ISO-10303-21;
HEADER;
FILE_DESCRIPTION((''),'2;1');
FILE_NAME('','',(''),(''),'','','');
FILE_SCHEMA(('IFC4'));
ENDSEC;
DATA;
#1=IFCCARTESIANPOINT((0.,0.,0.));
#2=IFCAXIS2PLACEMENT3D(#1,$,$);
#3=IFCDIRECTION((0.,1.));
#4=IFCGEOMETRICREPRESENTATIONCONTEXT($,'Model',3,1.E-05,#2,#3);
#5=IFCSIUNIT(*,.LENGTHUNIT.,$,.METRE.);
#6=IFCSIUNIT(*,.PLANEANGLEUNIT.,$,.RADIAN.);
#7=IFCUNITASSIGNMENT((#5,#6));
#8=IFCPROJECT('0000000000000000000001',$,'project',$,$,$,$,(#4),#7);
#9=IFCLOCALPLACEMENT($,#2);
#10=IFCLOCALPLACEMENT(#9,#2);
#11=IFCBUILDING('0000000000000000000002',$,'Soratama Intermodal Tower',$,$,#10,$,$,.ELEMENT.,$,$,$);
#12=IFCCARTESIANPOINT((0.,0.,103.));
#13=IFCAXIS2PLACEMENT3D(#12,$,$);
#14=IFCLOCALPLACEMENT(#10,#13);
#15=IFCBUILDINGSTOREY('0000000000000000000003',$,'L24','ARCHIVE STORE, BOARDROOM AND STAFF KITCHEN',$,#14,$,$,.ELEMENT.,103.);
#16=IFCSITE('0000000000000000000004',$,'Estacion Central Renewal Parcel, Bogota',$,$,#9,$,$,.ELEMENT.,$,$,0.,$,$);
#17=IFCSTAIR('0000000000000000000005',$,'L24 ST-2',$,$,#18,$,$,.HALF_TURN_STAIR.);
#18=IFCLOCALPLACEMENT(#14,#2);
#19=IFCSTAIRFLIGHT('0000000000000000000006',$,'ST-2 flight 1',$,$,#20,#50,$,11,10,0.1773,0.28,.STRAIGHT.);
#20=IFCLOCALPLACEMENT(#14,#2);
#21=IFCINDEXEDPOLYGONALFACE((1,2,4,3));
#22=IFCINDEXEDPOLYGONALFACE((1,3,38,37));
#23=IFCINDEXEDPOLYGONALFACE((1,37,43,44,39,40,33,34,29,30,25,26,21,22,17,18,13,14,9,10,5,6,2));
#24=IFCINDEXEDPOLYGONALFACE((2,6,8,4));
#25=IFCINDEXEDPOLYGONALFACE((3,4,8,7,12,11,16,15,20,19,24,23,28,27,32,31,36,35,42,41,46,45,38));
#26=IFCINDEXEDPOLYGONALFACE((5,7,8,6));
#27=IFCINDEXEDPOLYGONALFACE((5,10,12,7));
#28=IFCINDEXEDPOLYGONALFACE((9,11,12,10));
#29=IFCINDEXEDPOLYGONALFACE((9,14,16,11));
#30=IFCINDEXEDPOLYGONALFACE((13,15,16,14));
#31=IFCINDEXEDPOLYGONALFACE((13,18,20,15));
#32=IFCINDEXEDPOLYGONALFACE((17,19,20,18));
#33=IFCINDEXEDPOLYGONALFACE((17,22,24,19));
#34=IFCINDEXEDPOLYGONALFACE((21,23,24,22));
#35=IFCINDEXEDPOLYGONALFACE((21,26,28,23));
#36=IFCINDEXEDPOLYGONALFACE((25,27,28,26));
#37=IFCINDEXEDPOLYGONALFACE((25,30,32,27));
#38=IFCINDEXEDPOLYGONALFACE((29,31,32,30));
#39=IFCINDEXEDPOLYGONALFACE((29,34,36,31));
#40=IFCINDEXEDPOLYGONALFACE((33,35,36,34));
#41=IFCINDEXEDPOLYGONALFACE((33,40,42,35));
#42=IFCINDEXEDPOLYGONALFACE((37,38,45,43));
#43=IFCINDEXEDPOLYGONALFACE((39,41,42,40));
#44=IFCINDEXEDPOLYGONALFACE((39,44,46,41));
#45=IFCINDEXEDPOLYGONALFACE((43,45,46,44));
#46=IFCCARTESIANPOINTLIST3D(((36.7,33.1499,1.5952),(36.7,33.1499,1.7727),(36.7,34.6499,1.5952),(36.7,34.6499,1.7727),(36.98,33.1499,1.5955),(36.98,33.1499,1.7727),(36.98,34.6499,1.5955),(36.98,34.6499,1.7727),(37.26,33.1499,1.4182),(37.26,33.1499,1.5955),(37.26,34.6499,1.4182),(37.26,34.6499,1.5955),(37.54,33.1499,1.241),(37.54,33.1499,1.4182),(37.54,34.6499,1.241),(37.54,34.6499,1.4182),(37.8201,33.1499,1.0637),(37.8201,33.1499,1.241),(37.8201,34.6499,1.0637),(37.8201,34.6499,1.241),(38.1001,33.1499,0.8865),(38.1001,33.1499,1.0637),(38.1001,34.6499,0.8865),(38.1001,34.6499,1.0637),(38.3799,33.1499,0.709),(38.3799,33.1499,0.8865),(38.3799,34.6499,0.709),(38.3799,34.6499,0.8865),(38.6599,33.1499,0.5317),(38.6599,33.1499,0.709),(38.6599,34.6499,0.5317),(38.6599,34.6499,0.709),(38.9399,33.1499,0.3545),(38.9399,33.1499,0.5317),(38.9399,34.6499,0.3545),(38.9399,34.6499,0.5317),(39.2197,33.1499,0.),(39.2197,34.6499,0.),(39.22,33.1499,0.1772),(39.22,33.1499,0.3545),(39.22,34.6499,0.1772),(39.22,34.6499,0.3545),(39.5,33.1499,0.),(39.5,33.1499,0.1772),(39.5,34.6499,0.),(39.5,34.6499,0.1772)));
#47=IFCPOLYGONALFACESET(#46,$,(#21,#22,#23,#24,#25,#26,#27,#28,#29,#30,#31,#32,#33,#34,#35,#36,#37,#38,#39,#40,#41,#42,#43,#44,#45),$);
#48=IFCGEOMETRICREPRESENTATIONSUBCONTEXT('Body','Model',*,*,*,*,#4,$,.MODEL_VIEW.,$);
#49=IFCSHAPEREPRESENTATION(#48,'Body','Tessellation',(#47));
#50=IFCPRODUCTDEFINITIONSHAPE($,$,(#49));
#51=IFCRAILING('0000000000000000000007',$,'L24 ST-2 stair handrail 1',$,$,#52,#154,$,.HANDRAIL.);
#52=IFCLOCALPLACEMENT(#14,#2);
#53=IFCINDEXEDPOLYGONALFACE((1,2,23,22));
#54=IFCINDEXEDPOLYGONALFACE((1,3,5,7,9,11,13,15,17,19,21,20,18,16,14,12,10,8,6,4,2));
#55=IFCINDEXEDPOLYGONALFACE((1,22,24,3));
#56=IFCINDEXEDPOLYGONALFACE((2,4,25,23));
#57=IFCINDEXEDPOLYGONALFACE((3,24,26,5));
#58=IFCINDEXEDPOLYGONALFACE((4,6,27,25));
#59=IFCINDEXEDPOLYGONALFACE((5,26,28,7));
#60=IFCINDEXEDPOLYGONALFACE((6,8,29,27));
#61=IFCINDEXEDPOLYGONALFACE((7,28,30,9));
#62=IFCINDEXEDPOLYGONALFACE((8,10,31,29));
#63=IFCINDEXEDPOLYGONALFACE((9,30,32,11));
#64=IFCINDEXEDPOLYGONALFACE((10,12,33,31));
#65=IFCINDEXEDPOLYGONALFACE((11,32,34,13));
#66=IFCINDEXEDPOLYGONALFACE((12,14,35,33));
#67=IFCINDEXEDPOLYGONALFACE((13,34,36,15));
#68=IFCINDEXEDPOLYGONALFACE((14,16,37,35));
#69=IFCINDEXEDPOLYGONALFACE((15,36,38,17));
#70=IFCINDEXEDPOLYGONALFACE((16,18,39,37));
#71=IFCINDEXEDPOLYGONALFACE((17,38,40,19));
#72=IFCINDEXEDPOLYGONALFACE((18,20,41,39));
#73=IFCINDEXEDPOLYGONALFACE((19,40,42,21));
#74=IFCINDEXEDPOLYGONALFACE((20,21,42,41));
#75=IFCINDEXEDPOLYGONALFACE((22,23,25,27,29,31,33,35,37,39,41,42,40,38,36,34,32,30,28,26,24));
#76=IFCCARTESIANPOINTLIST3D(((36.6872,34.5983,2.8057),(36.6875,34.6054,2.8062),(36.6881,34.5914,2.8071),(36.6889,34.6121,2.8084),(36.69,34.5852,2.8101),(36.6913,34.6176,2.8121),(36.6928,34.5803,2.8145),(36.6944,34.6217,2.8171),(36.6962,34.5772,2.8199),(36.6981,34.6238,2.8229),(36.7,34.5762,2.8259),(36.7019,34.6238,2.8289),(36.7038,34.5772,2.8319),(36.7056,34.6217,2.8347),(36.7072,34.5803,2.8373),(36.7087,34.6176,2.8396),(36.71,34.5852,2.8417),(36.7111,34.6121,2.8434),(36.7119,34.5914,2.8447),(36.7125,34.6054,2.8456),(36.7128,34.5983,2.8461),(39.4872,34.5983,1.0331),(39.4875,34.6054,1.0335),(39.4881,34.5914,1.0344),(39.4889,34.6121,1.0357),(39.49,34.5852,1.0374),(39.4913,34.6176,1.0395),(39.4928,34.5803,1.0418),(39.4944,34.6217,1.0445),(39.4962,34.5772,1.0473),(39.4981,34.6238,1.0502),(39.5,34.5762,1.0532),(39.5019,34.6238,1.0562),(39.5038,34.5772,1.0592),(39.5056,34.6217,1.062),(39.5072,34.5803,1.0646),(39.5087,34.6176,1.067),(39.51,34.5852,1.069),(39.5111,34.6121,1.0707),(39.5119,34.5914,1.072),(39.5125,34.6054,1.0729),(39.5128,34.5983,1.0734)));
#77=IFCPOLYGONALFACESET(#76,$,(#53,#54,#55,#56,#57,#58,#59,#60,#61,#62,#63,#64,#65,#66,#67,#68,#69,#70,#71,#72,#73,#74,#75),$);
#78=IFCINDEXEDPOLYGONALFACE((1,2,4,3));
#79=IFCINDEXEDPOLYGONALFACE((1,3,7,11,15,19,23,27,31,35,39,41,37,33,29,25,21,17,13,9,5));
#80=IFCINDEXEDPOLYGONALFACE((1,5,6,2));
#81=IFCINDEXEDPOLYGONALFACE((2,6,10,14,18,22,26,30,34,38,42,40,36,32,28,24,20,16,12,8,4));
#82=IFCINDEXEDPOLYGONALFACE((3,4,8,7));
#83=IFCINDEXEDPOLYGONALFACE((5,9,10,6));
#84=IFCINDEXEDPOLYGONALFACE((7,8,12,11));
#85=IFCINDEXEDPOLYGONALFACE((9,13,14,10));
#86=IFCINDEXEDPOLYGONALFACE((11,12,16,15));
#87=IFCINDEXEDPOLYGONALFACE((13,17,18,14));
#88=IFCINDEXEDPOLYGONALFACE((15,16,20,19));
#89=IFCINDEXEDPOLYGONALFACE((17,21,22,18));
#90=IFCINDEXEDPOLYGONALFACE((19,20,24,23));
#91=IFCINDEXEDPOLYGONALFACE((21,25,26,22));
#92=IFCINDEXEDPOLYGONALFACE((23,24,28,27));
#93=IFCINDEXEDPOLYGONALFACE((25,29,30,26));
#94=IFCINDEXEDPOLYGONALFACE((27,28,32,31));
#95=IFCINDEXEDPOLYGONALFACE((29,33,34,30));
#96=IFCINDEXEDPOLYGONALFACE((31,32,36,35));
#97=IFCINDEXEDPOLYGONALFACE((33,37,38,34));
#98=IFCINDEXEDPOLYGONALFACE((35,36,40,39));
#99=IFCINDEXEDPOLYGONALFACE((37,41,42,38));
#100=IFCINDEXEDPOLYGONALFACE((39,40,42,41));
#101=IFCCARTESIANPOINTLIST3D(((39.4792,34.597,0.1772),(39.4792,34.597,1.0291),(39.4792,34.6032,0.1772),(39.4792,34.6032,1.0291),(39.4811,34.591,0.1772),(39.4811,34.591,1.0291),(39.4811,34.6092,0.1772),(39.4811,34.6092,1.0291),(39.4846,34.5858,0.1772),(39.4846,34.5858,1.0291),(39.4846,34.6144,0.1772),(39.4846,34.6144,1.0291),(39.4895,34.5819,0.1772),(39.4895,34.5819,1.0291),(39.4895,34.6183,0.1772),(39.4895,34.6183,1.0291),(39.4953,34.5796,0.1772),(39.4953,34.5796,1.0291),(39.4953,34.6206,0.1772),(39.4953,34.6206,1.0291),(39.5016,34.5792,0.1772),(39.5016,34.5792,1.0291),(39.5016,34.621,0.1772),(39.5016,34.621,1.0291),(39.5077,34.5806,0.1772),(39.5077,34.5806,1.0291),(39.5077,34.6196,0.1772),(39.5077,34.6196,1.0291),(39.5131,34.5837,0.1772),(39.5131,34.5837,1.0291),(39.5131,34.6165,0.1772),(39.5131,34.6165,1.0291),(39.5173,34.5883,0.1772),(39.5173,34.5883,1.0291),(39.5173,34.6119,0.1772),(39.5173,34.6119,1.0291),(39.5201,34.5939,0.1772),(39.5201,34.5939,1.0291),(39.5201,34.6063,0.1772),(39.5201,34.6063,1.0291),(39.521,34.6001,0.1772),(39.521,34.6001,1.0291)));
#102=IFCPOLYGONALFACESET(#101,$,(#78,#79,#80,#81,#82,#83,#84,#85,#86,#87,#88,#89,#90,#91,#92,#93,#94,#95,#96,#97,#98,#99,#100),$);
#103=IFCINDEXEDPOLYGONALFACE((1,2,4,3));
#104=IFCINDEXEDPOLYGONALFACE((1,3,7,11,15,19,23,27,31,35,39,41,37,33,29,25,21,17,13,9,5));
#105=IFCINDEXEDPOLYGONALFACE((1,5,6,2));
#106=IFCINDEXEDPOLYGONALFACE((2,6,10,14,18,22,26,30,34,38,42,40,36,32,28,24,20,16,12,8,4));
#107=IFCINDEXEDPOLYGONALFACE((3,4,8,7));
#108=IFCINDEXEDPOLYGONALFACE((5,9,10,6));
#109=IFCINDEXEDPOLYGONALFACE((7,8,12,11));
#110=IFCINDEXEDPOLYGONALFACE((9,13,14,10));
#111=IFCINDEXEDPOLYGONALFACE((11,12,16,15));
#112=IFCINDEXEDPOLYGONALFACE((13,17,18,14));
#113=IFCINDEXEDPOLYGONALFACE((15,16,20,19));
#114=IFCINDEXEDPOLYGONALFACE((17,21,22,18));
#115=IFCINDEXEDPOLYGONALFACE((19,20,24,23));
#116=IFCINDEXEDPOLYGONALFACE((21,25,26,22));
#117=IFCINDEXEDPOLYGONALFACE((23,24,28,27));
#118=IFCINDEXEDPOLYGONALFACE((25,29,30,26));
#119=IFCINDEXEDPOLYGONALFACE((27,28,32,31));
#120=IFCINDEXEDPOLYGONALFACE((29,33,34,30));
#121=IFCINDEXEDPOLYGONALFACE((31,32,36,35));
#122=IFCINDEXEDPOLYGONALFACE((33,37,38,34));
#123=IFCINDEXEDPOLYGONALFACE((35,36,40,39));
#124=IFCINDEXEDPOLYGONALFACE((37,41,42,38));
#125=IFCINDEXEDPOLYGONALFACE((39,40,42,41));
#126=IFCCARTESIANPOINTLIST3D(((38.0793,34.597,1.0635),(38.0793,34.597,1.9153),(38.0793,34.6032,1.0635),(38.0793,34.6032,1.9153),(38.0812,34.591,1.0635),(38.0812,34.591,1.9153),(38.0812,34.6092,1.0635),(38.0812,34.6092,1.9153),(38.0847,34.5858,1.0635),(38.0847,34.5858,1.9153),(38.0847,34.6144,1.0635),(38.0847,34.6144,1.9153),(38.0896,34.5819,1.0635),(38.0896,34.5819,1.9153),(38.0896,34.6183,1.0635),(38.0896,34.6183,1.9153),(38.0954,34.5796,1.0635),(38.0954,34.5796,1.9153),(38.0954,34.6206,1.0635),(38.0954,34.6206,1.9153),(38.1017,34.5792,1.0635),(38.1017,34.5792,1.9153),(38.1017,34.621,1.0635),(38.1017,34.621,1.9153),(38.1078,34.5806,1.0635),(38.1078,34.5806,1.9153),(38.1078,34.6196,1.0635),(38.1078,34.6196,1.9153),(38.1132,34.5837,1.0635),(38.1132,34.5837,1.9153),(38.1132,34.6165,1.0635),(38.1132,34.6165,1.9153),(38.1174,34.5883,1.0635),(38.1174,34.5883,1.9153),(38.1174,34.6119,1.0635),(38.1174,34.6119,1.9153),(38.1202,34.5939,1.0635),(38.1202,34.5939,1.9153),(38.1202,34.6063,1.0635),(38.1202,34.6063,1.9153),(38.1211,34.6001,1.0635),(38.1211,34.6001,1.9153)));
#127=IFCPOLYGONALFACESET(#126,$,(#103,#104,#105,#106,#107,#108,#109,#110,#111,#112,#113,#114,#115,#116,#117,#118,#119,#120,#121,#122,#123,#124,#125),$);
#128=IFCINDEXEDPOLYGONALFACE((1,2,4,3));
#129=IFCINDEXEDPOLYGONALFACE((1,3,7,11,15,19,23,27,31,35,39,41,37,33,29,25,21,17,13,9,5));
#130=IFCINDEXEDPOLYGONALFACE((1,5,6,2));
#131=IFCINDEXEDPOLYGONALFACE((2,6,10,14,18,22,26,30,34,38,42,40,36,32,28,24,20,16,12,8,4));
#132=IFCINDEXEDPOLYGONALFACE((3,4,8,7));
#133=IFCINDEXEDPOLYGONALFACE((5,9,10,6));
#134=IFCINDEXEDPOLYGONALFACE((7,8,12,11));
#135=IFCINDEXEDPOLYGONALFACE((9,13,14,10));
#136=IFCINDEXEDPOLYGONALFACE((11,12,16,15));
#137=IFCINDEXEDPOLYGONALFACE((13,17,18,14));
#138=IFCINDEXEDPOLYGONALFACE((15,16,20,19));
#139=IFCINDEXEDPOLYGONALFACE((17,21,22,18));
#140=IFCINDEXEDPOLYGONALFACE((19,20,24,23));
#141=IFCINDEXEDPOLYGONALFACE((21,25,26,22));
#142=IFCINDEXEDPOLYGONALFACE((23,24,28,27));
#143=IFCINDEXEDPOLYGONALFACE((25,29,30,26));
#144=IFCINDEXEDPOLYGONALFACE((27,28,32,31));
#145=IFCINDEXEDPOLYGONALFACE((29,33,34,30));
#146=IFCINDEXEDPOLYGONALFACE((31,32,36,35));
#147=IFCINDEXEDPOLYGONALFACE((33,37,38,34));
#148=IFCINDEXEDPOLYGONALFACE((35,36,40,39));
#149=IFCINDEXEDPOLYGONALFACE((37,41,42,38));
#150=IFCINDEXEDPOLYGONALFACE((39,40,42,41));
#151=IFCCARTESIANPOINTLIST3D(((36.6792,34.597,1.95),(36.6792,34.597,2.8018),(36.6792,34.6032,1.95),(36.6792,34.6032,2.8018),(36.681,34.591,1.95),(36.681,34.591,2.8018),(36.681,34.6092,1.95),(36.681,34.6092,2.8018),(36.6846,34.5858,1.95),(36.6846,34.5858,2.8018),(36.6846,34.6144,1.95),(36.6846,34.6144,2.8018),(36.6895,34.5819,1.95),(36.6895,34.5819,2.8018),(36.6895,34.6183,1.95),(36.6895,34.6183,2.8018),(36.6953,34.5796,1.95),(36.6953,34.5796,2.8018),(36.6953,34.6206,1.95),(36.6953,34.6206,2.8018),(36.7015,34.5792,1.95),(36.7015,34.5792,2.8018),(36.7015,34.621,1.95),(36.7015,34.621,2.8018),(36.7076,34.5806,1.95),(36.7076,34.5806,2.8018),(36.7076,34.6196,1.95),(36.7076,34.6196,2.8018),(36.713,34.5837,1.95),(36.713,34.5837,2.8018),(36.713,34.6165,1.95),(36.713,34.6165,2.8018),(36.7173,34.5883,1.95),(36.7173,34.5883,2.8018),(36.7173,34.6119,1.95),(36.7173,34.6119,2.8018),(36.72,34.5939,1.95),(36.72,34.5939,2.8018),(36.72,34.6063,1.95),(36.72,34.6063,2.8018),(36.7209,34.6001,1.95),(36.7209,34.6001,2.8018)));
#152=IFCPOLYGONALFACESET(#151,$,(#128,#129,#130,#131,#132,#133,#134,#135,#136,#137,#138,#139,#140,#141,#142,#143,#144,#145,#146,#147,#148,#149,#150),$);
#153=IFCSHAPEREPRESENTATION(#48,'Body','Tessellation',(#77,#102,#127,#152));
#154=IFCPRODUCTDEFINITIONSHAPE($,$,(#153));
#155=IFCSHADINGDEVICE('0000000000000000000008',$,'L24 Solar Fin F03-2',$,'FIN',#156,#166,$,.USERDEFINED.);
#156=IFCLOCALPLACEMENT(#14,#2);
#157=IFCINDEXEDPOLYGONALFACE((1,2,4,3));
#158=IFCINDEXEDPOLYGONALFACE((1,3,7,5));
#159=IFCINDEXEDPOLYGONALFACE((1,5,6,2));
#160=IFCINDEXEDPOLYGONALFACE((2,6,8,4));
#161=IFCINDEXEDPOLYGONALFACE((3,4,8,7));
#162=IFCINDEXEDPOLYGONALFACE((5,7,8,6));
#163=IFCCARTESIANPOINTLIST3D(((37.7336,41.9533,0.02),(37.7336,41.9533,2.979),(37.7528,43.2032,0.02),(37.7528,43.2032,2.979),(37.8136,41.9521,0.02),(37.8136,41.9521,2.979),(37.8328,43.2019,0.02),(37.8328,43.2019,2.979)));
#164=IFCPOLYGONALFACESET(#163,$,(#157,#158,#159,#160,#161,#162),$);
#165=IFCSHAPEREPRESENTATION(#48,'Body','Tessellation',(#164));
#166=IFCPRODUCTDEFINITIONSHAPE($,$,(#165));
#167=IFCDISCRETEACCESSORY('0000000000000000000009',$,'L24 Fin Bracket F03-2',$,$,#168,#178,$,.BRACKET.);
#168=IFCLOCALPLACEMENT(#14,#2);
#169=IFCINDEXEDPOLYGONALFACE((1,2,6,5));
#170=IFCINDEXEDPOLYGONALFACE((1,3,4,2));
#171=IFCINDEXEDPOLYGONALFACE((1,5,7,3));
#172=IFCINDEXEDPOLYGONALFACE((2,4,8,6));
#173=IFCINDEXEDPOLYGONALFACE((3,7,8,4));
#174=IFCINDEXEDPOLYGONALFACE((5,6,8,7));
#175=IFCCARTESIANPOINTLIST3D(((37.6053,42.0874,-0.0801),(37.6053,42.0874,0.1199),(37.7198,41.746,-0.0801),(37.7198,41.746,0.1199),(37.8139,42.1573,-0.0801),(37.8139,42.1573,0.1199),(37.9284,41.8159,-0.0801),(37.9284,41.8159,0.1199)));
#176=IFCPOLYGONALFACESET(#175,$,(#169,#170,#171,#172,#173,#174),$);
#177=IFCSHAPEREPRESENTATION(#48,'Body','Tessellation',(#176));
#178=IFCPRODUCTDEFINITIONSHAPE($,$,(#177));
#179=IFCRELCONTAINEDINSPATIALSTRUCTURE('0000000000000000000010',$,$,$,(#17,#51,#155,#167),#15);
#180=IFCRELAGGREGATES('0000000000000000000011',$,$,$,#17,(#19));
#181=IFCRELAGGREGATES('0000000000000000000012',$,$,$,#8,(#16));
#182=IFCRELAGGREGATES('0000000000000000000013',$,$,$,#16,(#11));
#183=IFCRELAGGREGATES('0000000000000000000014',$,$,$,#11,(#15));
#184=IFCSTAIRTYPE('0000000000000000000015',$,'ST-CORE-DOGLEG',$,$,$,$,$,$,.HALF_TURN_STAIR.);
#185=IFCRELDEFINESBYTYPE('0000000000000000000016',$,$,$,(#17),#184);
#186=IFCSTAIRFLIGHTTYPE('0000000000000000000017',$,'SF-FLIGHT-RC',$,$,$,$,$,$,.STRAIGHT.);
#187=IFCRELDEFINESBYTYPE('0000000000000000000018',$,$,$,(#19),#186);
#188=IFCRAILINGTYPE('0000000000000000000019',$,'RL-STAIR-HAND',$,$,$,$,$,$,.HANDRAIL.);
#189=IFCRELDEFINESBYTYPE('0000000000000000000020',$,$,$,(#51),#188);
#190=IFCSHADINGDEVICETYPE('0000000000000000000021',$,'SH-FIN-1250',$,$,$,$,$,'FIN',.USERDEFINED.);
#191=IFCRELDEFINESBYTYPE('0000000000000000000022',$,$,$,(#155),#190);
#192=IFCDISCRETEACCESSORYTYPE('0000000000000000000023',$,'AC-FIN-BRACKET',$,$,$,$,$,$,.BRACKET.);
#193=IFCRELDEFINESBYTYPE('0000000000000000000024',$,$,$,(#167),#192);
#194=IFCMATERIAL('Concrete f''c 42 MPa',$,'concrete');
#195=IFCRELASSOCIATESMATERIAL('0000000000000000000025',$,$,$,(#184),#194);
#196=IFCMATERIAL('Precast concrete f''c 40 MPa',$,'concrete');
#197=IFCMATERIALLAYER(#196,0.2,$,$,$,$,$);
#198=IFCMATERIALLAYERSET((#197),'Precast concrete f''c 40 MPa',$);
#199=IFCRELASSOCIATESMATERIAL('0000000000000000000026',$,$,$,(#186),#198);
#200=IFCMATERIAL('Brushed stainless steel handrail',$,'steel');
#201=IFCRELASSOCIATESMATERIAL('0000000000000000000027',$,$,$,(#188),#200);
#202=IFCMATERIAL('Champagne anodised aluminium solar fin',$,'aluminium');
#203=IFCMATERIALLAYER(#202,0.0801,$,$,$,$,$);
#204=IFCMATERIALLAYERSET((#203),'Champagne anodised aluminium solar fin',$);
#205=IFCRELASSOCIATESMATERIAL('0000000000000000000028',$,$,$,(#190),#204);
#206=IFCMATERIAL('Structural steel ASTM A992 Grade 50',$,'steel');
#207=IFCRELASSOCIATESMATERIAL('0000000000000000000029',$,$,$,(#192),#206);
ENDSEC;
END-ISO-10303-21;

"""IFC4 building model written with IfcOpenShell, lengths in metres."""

from ifc_helpers import new_model, si_unit, direction, frame, origin, origin_2d, place, context, subcontext, project, spatial, polyline, rectangle, circle, outline, extrude, material, layer, layer_set, type_object, element, aggregate, save


model = new_model("IFC4")

# Units and contexts
model_context = context("Model", 3, precision=1e-05, world=origin(), true_north=direction((0.0, 1.0)))
body_context = subcontext(model_context, "Body", "Model", "MODEL_VIEW")
ifc_project = project(units=[si_unit("LENGTHUNIT", "METRE"), si_unit("PLANEANGLEUNIT", "RADIAN")], contexts=[model_context])

# Site, building, storey
site_placement = place(None, origin())
site = spatial("IfcSite", under=ifc_project, at=site_placement, Name="Estacion Central Renewal Parcel, Bogota", CompositionType="ELEMENT", RefElevation=0.0)
building_placement = place(site_placement, origin())
building = spatial("IfcBuilding", under=site, at=building_placement, Name="Soratama Intermodal Tower", CompositionType="ELEMENT")
storey_placement = place(building_placement, frame((0.0, 0.0, 103.0)))
storey = spatial("IfcBuildingStorey", under=building, at=storey_placement, Name="L24", Description="ARCHIVE STORE, BOARDROOM AND STAFF KITCHEN", CompositionType="ELEMENT", Elevation=103.0)

# Stair, stair flight
ifc_material_1 = material(Name="Concrete f'c 42 MPa", Category="concrete")
stair_type = type_object("IfcStairType", Name="ST-CORE-DOGLEG", PredefinedType="HALF_TURN_STAIR", material=ifc_material_1)
stair_placement = place(storey_placement, origin())
stair = element("IfcStair", 1, at=stair_placement, inside=storey, type_object=stair_type, Name="L24 ST-2", PredefinedType="HALF_TURN_STAIR")
ifc_material_2 = material(Name="Precast concrete f'c 40 MPa", Category="concrete")
ifc_layer_1 = layer(ifc_material_2, 0.2)
ifc_layer_set_1 = layer_set([ifc_layer_1], Name="Precast concrete f'c 40 MPa")
stair_flight_type = type_object("IfcStairFlightType", Name="SF-FLIGHT-RC", PredefinedType="STRAIGHT", material=ifc_layer_set_1)
stair_flight_placement = place(storey_placement, frame((39.5, 33.8999, 0.0), z_axis=(0.0, 0.0, 1.0), x_axis=(-1.0, 0.0, 0.0)))
stair_flight = element("IfcStairFlight", 2, at=stair_flight_placement, type_object=stair_flight_type, Name="ST-2 flight 1", NumberOfRisers=11, NumberOfTreads=10, PredefinedType="STRAIGHT", RiserHeight=0.1773, TreadLength=0.28, context=body_context, shape_type="SweptSolid", body=[
    extrude(outline(polyline([(0.0, 0.0), (0.0, 0.1772), (0.28, 0.1772), (0.28, 0.3545), (0.5601, 0.3545), (0.5601, 0.5317), (0.8401, 0.5317), (0.8401, 0.709), (1.1201, 0.709), (1.1201, 0.8865), (1.3999, 0.8865), (1.3999, 1.0637), (1.6799, 1.0637), (1.6799, 1.241), (1.96, 1.241), (1.96, 1.4182), (2.24, 1.4182), (2.24, 1.5955), (2.52, 1.5955), (2.52, 1.7727), (2.8, 1.7727), (2.8, 1.95), (2.8, 1.5952), (0.2803, 0.0), (0.0, 0.0)])), frame((0.0, 0.75, 0.0), z_axis=(0.0, -1.0, 0.0), x_axis=(1.0, 0.0, 0.0)), (0.0, 0.0, 1.0), 1.5),
])
aggregate(stair, [stair_flight])

# Railing
ifc_material_3 = material(Name="Brushed stainless steel handrail", Category="steel")
railing_type = type_object("IfcRailingType", Name="RL-STAIR-HAND", PredefinedType="HANDRAIL", material=ifc_material_3)
railing_placement = place(storey_placement, frame((39.5, 34.6001, 0.1772)))
element("IfcRailing", 3, at=railing_placement, inside=storey, type_object=railing_type, Name="L24 ST-2 stair handrail 1", PredefinedType="HANDRAIL", context=body_context, shape_type="SweptSolid", body=[
    extrude(circle(Radius=0.0239, at=origin_2d()), frame((0.0, 0.0, 0.876), z_axis=(-0.844909, 0.0, 0.53491), x_axis=(0.0, -1.0, 0.0)), (0.0, 0.0, 1.0), 3.314),
    extrude(circle(Radius=0.021, at=origin_2d()), origin(), (0.0, 0.0, 1.0), 0.8518),
    extrude(circle(Radius=0.021, at=origin_2d()), frame((-1.3999, 0.0, 0.8862)), (0.0, 0.0, 1.0), 0.8518),
    extrude(circle(Radius=0.021, at=origin_2d()), frame((-2.8, 0.0, 1.7727)), (0.0, 0.0, 1.0), 0.8518),
])

# Shading device
ifc_material_4 = material(Name="Champagne anodised aluminium solar fin", Category="aluminium")
ifc_layer_2 = layer(ifc_material_4, 0.0801)
ifc_layer_set_2 = layer_set([ifc_layer_2], Name="Champagne anodised aluminium solar fin")
shading_device_type = type_object("IfcShadingDeviceType", Name="SH-FIN-1250", ElementType="FIN", PredefinedType="USERDEFINED", material=ifc_layer_set_2)
shading_device_placement = place(storey_placement, frame((37.7832, 42.5776, 0.02), z_axis=(0.0, 0.0, 1.0), x_axis=(0.015358, 0.999882, 0.0)))
element("IfcShadingDevice", 4, at=shading_device_placement, inside=storey, type_object=shading_device_type, Name="L24 Solar Fin F03-2", ObjectType="FIN", PredefinedType="USERDEFINED", context=body_context, shape_type="SweptSolid", body=[
    extrude(rectangle(XDim=1.25, YDim=0.0801, at=origin_2d()), origin(), (0.0, 0.0, 1.0), 2.959),
])

# Discrete accessory
ifc_material_5 = material(Name="Structural steel ASTM A992 Grade 50", Category="steel")
discrete_accessory_type = type_object("IfcDiscreteAccessoryType", Name="AC-FIN-BRACKET", PredefinedType="BRACKET", material=ifc_material_5)
discrete_accessory_placement = place(storey_placement, frame((37.7668, 41.9517, -0.0801), z_axis=(0.0, 0.0, 1.0), x_axis=(-0.317967, 0.948102, 0.0)))
element("IfcDiscreteAccessory", 5, at=discrete_accessory_placement, inside=storey, type_object=discrete_accessory_type, Name="L24 Fin Bracket F03-2", PredefinedType="BRACKET", context=body_context, shape_type="SweptSolid", body=[
    extrude(rectangle(XDim=0.3601, YDim=0.22, at=origin_2d()), origin(), (0.0, 0.0, 1.0), 0.2),
])

save(model, "model.ifc")
